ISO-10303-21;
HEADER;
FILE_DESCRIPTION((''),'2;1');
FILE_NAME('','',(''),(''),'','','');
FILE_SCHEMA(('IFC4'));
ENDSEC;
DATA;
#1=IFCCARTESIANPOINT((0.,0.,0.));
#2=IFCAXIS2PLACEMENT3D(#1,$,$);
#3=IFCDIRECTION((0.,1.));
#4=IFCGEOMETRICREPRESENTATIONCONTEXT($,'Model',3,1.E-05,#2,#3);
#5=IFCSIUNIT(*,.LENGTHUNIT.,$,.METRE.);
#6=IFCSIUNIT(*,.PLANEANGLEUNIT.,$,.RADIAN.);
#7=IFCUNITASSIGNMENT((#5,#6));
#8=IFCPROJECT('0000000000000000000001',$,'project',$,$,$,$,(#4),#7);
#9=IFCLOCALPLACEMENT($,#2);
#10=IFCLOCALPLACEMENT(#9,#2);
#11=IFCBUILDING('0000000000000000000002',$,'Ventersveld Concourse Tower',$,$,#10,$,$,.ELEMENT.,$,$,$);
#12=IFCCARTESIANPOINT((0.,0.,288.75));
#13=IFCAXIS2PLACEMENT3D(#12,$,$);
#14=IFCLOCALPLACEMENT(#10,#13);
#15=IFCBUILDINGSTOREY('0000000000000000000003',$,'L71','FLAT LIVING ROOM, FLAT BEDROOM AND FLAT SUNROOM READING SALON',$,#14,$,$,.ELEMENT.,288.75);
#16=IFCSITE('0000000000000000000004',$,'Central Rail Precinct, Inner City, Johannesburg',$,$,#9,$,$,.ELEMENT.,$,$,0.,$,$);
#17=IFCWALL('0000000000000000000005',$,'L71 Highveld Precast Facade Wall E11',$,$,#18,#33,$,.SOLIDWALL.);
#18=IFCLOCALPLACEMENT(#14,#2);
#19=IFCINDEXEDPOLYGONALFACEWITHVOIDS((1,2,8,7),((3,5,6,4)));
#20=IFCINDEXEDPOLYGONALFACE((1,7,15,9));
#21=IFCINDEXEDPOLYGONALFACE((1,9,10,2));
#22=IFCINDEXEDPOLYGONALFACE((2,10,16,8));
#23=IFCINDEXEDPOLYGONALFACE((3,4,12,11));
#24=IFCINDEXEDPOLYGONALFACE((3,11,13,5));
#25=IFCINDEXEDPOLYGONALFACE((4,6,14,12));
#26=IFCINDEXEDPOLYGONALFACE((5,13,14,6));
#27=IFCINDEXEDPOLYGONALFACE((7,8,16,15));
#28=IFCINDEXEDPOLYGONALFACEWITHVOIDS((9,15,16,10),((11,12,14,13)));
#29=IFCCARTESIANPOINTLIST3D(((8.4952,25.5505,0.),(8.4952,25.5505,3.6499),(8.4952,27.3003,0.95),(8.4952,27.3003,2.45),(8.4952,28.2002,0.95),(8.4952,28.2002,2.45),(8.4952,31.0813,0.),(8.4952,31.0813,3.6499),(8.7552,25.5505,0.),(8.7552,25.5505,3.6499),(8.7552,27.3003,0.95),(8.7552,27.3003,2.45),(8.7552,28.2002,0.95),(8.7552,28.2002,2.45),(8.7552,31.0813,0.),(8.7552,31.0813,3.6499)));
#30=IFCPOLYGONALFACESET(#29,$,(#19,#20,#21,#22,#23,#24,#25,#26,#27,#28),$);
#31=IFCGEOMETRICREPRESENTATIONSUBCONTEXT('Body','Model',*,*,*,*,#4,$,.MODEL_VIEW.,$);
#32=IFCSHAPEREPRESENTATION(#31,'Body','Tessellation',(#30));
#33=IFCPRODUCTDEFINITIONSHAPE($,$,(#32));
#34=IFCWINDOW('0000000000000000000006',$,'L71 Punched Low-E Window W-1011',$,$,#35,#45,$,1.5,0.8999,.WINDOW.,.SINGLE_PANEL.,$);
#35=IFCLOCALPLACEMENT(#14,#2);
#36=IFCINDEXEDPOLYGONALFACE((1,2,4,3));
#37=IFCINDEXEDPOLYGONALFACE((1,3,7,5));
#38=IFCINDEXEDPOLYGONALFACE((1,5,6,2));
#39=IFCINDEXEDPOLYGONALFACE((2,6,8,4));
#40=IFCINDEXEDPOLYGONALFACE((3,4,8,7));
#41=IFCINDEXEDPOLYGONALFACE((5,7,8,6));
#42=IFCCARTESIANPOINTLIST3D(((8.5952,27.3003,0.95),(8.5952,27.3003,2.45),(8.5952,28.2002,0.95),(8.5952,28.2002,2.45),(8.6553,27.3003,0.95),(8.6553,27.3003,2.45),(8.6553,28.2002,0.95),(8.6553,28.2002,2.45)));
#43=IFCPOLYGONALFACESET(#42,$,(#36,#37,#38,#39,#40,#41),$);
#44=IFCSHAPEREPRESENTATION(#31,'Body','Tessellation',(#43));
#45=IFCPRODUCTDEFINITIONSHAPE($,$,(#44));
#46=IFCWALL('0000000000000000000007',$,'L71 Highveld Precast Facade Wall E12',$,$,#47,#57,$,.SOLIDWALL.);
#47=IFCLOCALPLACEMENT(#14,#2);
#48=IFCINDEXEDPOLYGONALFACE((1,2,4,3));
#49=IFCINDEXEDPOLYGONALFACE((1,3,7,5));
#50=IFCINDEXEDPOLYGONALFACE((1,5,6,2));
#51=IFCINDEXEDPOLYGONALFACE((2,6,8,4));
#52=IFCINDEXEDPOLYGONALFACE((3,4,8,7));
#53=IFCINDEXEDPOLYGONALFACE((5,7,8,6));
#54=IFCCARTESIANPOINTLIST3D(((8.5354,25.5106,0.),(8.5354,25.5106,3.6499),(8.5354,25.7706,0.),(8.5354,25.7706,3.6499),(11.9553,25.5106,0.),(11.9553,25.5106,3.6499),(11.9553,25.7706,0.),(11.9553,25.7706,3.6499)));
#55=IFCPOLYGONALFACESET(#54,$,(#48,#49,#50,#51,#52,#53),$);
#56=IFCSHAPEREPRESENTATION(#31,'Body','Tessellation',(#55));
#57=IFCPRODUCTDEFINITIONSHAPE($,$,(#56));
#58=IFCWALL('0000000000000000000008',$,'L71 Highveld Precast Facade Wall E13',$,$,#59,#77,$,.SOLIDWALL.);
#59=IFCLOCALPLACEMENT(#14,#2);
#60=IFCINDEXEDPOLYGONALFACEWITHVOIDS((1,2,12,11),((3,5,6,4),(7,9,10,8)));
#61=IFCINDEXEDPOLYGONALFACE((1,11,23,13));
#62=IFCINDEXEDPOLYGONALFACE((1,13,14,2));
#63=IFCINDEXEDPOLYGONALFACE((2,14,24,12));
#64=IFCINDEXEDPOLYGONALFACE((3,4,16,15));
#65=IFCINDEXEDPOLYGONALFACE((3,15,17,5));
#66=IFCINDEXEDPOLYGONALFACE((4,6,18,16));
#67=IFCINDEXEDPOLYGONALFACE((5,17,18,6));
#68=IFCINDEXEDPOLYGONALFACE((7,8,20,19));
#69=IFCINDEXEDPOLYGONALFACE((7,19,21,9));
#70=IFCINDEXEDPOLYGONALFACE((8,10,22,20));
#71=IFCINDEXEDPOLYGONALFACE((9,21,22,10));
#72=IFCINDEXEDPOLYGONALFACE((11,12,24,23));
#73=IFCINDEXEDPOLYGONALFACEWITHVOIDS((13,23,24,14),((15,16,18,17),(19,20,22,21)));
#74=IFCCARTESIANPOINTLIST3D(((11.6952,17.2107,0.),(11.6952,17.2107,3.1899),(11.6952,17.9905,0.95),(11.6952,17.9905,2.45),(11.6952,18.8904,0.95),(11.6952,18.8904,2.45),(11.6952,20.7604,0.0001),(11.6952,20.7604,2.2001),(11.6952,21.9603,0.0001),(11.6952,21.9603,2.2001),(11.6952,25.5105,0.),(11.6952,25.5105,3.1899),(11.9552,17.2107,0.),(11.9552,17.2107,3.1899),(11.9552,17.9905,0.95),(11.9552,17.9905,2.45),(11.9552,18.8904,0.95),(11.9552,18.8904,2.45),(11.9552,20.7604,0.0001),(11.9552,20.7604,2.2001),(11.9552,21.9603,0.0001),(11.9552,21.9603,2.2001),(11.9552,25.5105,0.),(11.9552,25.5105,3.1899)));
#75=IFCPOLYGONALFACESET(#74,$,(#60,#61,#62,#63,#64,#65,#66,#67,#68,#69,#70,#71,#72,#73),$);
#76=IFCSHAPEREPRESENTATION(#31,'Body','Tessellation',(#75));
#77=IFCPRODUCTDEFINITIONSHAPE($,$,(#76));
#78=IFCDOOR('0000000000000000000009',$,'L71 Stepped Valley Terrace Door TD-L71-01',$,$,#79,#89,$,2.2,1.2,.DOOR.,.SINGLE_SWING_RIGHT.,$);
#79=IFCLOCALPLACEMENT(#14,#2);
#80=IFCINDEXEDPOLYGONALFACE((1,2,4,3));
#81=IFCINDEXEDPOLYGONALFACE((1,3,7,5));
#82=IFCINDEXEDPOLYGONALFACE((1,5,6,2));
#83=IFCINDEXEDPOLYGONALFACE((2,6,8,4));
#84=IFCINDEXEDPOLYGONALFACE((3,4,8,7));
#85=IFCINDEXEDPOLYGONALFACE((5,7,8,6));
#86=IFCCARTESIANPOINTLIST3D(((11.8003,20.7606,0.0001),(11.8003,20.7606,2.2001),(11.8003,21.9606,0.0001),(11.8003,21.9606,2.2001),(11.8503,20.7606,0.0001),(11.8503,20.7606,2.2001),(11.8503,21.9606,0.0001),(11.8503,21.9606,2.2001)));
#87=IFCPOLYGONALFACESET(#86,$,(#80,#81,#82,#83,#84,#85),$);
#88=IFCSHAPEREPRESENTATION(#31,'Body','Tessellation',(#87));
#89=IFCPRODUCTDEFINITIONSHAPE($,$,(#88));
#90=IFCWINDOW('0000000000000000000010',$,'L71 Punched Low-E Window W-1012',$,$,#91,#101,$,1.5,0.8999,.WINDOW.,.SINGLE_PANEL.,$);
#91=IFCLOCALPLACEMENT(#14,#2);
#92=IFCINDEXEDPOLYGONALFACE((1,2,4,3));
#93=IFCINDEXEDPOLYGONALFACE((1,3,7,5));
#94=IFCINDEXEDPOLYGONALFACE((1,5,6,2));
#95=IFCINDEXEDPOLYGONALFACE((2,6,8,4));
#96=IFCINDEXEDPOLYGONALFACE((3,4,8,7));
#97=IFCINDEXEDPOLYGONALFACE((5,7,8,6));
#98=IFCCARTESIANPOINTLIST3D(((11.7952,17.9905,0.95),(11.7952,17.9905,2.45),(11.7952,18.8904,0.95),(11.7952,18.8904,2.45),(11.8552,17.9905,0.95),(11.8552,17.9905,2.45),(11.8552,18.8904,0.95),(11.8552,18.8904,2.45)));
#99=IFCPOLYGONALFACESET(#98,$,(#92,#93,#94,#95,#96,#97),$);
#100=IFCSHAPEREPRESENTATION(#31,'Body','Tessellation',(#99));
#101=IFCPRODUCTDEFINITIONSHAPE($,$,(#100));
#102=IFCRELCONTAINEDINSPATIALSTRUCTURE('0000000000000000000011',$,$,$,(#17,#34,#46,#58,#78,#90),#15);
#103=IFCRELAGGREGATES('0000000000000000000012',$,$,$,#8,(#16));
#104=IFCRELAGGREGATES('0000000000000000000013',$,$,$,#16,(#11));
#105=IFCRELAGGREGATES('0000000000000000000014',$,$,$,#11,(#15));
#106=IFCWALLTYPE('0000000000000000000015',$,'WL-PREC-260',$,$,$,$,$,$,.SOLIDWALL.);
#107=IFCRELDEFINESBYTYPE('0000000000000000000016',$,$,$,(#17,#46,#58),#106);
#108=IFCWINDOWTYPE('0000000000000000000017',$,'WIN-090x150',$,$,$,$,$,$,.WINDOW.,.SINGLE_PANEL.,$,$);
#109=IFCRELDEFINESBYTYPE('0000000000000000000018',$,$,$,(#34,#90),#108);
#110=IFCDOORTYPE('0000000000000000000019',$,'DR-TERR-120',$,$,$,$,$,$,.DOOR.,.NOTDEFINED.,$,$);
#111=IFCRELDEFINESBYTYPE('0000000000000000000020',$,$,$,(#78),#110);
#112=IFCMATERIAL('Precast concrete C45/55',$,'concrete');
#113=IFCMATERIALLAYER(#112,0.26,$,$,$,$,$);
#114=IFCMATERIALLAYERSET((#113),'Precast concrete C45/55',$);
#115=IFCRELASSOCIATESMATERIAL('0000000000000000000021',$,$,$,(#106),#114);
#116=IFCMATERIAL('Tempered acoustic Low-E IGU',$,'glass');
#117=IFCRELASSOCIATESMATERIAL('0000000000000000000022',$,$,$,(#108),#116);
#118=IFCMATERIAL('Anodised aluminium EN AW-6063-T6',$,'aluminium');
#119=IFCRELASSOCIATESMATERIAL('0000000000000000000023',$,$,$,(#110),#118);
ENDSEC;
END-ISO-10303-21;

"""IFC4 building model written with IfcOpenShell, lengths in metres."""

from ifc_helpers import new_model, si_unit, direction, frame, frame_2d, origin, place, context, subcontext, project, spatial, rectangle, extrude, material, layer, layer_set, type_object, element, fill, save


model = new_model("IFC4")

# Units and contexts
model_context = context("Model", 3, precision=1e-05, world=origin(), true_north=direction((0.0, 1.0)))
body_context = subcontext(model_context, "Body", "Model", "MODEL_VIEW")
ifc_project = project(units=[si_unit("LENGTHUNIT", "METRE"), si_unit("PLANEANGLEUNIT", "RADIAN")], contexts=[model_context])

# Site, building, storey
site_placement = place(None, origin())
site = spatial("IfcSite", under=ifc_project, at=site_placement, Name="Central Rail Precinct, Inner City, Johannesburg", CompositionType="ELEMENT", RefElevation=0.0)
building_placement = place(site_placement, origin())
building = spatial("IfcBuilding", under=site, at=building_placement, Name="Ventersveld Concourse Tower", CompositionType="ELEMENT")
storey_placement = place(building_placement, frame((0.0, 0.0, 288.75)))
storey = spatial("IfcBuildingStorey", under=building, at=storey_placement, Name="L71", Description="FLAT LIVING ROOM, FLAT BEDROOM AND FLAT SUNROOM READING SALON", CompositionType="ELEMENT", Elevation=288.75)

# Shared definitions
ifc_material_1 = material(Name="Precast concrete C45/55", Category="concrete")
ifc_layer_1 = layer(ifc_material_1, 0.26)
ifc_layer_set_1 = layer_set([ifc_layer_1], Name="Precast concrete C45/55")
wall_type_1 = type_object("IfcWallType", Name="WL-PREC-260", PredefinedType="SOLIDWALL", material=ifc_layer_set_1)

# Wall, opening, window
wall_1_placement = place(storey_placement, frame((8.6252, 31.0813, 0.0), z_axis=(0.0, 0.0, 1.0), x_axis=(0.0, -1.0, 0.0)))
wall_1 = element("IfcWall", 1, at=wall_1_placement, inside=storey, type_object=wall_type_1, Name="L71 Highveld Precast Facade Wall E11", PredefinedType="SOLIDWALL", context=body_context, shape_type="SweptSolid", body=[
    extrude(rectangle(XDim=5.5308, YDim=0.26, at=frame_2d((2.7654, 0.0))), origin(), (0.0, 0.0, 1.0), 3.6499),
])
opening_1_placement = place(wall_1_placement, frame((2.8811, 0.0, 0.95)))
opening_1 = element("IfcOpeningElement", 2, at=opening_1_placement, cuts=wall_1, PredefinedType="OPENING", context=body_context, shape_type="SweptSolid", body=[
    extrude(rectangle(XDim=0.8999, YDim=1.5, at=frame_2d((0.45, 0.75))), frame((0.0, 0.1401, 0.0), z_axis=(0.0, -1.0, 0.0), x_axis=(1.0, 0.0, 0.0)), (0.0, 0.0, 1.0), 0.28),
])
ifc_material_2 = material(Name="Tempered acoustic Low-E IGU", Category="glass")
window_type = type_object("IfcWindowType", Name="WIN-090x150", PartitioningType="SINGLE_PANEL", PredefinedType="WINDOW", material=ifc_material_2)
window_1_placement = place(opening_1_placement, origin())
window_1 = element("IfcWindow", 3, at=window_1_placement, inside=storey, type_object=window_type, Name="L71 Punched Low-E Window W-1011", OverallHeight=1.5, OverallWidth=0.8999, PartitioningType="SINGLE_PANEL", PredefinedType="WINDOW", context=body_context, shape_type="SweptSolid", body=[
    extrude(rectangle(XDim=0.8999, YDim=1.5, at=frame_2d((0.45, 0.75))), frame((0.0, 0.03, 0.0), z_axis=(0.0, -1.0, 0.0), x_axis=(1.0, 0.0, 0.0)), (0.0, 0.0, 1.0), 0.0601),
])
fill(opening_1, window_1)

# Wall
wall_2_placement = place(storey_placement, frame((8.5354, 25.6406, 0.0), z_axis=(0.0, 0.0, 1.0), x_axis=(1.0, 0.0, 0.0)))
element("IfcWall", 4, at=wall_2_placement, inside=storey, type_object=wall_type_1, Name="L71 Highveld Precast Facade Wall E12", PredefinedType="SOLIDWALL", context=body_context, shape_type="SweptSolid", body=[
    extrude(rectangle(XDim=3.4199, YDim=0.26, at=frame_2d((1.71, 0.0))), origin(), (0.0, 0.0, 1.0), 3.6499),
])

# Wall, openings, door, window
wall_3_placement = place(storey_placement, frame((11.8252, 25.5105, 0.0), z_axis=(0.0, 0.0, 1.0), x_axis=(0.0, -1.0, 0.0)))
wall_3 = element("IfcWall", 5, at=wall_3_placement, inside=storey, type_object=wall_type_1, Name="L71 Highveld Precast Facade Wall E13", PredefinedType="SOLIDWALL", context=body_context, shape_type="SweptSolid", body=[
    extrude(rectangle(XDim=8.2998, YDim=0.26, at=frame_2d((4.1499, 0.0))), origin(), (0.0, 0.0, 1.0), 3.1899),
])
opening_2_placement = place(wall_3_placement, frame((3.55, 0.0, 0.0)))
opening_2 = element("IfcOpeningElement", 6, at=opening_2_placement, cuts=wall_3, PredefinedType="OPENING", context=body_context, shape_type="SweptSolid", body=[
    extrude(rectangle(XDim=1.2, YDim=2.2, at=frame_2d((0.6001, 1.1001))), frame((0.0, 0.1401, 0.0), z_axis=(0.0, -1.0, 0.0), x_axis=(1.0, 0.0, 0.0)), (0.0, 0.0, 1.0), 0.28),
])
opening_3_placement = place(wall_3_placement, frame((6.6201, 0.0, 0.95)))
opening_3 = element("IfcOpeningElement", 7, at=opening_3_placement, cuts=wall_3, PredefinedType="OPENING", context=body_context, shape_type="SweptSolid", body=[
    extrude(rectangle(XDim=0.8999, YDim=1.5, at=frame_2d((0.45, 0.75))), frame((0.0, 0.1401, 0.0), z_axis=(0.0, -1.0, 0.0), x_axis=(1.0, 0.0, 0.0)), (0.0, 0.0, 1.0), 0.28),
])
ifc_material_3 = material(Name="Anodised aluminium EN AW-6063-T6", Category="aluminium")
door_type_1 = type_object("IfcDoorType", Name="DR-TERR-120", OperationType="NOTDEFINED", PredefinedType="DOOR", material=ifc_material_3)
door_1_placement = place(opening_2_placement, frame((1.2, 0.0, 0.0), z_axis=(0.0, 0.0, 1.0), x_axis=(-1.0, 0.0, 0.0)))
door_1 = element("IfcDoor", 8, at=door_1_placement, inside=storey, type_object=door_type_1, Name="L71 Stepped Valley Terrace Door TD-L71-01", OperationType="SINGLE_SWING_RIGHT", OverallHeight=2.2, OverallWidth=1.2, PredefinedType="DOOR", context=body_context, shape_type="SweptSolid", body=[
    extrude(rectangle(XDim=1.2, YDim=2.2, at=frame_2d((0.6001, 1.1001))), frame((0.0, 0.0249, 0.0), z_axis=(0.0, -1.0, 0.0), x_axis=(1.0, 0.0, 0.0)), (0.0, 0.0, 1.0), 0.05),
])
fill(opening_2, door_1)
window_2_placement = place(opening_3_placement, origin())
window_2 = element("IfcWindow", 9, at=window_2_placement, inside=storey, type_object=window_type, Name="L71 Punched Low-E Window W-1012", OverallHeight=1.5, OverallWidth=0.8999, PartitioningType="SINGLE_PANEL", PredefinedType="WINDOW", context=body_context, shape_type="SweptSolid", body=[
    extrude(rectangle(XDim=0.8999, YDim=1.5, at=frame_2d((0.45, 0.75))), frame((0.0, 0.03, 0.0), z_axis=(0.0, -1.0, 0.0), x_axis=(1.0, 0.0, 0.0)), (0.0, 0.0, 1.0), 0.0601),
])
fill(opening_3, window_2)

save(model, "model.ifc")
